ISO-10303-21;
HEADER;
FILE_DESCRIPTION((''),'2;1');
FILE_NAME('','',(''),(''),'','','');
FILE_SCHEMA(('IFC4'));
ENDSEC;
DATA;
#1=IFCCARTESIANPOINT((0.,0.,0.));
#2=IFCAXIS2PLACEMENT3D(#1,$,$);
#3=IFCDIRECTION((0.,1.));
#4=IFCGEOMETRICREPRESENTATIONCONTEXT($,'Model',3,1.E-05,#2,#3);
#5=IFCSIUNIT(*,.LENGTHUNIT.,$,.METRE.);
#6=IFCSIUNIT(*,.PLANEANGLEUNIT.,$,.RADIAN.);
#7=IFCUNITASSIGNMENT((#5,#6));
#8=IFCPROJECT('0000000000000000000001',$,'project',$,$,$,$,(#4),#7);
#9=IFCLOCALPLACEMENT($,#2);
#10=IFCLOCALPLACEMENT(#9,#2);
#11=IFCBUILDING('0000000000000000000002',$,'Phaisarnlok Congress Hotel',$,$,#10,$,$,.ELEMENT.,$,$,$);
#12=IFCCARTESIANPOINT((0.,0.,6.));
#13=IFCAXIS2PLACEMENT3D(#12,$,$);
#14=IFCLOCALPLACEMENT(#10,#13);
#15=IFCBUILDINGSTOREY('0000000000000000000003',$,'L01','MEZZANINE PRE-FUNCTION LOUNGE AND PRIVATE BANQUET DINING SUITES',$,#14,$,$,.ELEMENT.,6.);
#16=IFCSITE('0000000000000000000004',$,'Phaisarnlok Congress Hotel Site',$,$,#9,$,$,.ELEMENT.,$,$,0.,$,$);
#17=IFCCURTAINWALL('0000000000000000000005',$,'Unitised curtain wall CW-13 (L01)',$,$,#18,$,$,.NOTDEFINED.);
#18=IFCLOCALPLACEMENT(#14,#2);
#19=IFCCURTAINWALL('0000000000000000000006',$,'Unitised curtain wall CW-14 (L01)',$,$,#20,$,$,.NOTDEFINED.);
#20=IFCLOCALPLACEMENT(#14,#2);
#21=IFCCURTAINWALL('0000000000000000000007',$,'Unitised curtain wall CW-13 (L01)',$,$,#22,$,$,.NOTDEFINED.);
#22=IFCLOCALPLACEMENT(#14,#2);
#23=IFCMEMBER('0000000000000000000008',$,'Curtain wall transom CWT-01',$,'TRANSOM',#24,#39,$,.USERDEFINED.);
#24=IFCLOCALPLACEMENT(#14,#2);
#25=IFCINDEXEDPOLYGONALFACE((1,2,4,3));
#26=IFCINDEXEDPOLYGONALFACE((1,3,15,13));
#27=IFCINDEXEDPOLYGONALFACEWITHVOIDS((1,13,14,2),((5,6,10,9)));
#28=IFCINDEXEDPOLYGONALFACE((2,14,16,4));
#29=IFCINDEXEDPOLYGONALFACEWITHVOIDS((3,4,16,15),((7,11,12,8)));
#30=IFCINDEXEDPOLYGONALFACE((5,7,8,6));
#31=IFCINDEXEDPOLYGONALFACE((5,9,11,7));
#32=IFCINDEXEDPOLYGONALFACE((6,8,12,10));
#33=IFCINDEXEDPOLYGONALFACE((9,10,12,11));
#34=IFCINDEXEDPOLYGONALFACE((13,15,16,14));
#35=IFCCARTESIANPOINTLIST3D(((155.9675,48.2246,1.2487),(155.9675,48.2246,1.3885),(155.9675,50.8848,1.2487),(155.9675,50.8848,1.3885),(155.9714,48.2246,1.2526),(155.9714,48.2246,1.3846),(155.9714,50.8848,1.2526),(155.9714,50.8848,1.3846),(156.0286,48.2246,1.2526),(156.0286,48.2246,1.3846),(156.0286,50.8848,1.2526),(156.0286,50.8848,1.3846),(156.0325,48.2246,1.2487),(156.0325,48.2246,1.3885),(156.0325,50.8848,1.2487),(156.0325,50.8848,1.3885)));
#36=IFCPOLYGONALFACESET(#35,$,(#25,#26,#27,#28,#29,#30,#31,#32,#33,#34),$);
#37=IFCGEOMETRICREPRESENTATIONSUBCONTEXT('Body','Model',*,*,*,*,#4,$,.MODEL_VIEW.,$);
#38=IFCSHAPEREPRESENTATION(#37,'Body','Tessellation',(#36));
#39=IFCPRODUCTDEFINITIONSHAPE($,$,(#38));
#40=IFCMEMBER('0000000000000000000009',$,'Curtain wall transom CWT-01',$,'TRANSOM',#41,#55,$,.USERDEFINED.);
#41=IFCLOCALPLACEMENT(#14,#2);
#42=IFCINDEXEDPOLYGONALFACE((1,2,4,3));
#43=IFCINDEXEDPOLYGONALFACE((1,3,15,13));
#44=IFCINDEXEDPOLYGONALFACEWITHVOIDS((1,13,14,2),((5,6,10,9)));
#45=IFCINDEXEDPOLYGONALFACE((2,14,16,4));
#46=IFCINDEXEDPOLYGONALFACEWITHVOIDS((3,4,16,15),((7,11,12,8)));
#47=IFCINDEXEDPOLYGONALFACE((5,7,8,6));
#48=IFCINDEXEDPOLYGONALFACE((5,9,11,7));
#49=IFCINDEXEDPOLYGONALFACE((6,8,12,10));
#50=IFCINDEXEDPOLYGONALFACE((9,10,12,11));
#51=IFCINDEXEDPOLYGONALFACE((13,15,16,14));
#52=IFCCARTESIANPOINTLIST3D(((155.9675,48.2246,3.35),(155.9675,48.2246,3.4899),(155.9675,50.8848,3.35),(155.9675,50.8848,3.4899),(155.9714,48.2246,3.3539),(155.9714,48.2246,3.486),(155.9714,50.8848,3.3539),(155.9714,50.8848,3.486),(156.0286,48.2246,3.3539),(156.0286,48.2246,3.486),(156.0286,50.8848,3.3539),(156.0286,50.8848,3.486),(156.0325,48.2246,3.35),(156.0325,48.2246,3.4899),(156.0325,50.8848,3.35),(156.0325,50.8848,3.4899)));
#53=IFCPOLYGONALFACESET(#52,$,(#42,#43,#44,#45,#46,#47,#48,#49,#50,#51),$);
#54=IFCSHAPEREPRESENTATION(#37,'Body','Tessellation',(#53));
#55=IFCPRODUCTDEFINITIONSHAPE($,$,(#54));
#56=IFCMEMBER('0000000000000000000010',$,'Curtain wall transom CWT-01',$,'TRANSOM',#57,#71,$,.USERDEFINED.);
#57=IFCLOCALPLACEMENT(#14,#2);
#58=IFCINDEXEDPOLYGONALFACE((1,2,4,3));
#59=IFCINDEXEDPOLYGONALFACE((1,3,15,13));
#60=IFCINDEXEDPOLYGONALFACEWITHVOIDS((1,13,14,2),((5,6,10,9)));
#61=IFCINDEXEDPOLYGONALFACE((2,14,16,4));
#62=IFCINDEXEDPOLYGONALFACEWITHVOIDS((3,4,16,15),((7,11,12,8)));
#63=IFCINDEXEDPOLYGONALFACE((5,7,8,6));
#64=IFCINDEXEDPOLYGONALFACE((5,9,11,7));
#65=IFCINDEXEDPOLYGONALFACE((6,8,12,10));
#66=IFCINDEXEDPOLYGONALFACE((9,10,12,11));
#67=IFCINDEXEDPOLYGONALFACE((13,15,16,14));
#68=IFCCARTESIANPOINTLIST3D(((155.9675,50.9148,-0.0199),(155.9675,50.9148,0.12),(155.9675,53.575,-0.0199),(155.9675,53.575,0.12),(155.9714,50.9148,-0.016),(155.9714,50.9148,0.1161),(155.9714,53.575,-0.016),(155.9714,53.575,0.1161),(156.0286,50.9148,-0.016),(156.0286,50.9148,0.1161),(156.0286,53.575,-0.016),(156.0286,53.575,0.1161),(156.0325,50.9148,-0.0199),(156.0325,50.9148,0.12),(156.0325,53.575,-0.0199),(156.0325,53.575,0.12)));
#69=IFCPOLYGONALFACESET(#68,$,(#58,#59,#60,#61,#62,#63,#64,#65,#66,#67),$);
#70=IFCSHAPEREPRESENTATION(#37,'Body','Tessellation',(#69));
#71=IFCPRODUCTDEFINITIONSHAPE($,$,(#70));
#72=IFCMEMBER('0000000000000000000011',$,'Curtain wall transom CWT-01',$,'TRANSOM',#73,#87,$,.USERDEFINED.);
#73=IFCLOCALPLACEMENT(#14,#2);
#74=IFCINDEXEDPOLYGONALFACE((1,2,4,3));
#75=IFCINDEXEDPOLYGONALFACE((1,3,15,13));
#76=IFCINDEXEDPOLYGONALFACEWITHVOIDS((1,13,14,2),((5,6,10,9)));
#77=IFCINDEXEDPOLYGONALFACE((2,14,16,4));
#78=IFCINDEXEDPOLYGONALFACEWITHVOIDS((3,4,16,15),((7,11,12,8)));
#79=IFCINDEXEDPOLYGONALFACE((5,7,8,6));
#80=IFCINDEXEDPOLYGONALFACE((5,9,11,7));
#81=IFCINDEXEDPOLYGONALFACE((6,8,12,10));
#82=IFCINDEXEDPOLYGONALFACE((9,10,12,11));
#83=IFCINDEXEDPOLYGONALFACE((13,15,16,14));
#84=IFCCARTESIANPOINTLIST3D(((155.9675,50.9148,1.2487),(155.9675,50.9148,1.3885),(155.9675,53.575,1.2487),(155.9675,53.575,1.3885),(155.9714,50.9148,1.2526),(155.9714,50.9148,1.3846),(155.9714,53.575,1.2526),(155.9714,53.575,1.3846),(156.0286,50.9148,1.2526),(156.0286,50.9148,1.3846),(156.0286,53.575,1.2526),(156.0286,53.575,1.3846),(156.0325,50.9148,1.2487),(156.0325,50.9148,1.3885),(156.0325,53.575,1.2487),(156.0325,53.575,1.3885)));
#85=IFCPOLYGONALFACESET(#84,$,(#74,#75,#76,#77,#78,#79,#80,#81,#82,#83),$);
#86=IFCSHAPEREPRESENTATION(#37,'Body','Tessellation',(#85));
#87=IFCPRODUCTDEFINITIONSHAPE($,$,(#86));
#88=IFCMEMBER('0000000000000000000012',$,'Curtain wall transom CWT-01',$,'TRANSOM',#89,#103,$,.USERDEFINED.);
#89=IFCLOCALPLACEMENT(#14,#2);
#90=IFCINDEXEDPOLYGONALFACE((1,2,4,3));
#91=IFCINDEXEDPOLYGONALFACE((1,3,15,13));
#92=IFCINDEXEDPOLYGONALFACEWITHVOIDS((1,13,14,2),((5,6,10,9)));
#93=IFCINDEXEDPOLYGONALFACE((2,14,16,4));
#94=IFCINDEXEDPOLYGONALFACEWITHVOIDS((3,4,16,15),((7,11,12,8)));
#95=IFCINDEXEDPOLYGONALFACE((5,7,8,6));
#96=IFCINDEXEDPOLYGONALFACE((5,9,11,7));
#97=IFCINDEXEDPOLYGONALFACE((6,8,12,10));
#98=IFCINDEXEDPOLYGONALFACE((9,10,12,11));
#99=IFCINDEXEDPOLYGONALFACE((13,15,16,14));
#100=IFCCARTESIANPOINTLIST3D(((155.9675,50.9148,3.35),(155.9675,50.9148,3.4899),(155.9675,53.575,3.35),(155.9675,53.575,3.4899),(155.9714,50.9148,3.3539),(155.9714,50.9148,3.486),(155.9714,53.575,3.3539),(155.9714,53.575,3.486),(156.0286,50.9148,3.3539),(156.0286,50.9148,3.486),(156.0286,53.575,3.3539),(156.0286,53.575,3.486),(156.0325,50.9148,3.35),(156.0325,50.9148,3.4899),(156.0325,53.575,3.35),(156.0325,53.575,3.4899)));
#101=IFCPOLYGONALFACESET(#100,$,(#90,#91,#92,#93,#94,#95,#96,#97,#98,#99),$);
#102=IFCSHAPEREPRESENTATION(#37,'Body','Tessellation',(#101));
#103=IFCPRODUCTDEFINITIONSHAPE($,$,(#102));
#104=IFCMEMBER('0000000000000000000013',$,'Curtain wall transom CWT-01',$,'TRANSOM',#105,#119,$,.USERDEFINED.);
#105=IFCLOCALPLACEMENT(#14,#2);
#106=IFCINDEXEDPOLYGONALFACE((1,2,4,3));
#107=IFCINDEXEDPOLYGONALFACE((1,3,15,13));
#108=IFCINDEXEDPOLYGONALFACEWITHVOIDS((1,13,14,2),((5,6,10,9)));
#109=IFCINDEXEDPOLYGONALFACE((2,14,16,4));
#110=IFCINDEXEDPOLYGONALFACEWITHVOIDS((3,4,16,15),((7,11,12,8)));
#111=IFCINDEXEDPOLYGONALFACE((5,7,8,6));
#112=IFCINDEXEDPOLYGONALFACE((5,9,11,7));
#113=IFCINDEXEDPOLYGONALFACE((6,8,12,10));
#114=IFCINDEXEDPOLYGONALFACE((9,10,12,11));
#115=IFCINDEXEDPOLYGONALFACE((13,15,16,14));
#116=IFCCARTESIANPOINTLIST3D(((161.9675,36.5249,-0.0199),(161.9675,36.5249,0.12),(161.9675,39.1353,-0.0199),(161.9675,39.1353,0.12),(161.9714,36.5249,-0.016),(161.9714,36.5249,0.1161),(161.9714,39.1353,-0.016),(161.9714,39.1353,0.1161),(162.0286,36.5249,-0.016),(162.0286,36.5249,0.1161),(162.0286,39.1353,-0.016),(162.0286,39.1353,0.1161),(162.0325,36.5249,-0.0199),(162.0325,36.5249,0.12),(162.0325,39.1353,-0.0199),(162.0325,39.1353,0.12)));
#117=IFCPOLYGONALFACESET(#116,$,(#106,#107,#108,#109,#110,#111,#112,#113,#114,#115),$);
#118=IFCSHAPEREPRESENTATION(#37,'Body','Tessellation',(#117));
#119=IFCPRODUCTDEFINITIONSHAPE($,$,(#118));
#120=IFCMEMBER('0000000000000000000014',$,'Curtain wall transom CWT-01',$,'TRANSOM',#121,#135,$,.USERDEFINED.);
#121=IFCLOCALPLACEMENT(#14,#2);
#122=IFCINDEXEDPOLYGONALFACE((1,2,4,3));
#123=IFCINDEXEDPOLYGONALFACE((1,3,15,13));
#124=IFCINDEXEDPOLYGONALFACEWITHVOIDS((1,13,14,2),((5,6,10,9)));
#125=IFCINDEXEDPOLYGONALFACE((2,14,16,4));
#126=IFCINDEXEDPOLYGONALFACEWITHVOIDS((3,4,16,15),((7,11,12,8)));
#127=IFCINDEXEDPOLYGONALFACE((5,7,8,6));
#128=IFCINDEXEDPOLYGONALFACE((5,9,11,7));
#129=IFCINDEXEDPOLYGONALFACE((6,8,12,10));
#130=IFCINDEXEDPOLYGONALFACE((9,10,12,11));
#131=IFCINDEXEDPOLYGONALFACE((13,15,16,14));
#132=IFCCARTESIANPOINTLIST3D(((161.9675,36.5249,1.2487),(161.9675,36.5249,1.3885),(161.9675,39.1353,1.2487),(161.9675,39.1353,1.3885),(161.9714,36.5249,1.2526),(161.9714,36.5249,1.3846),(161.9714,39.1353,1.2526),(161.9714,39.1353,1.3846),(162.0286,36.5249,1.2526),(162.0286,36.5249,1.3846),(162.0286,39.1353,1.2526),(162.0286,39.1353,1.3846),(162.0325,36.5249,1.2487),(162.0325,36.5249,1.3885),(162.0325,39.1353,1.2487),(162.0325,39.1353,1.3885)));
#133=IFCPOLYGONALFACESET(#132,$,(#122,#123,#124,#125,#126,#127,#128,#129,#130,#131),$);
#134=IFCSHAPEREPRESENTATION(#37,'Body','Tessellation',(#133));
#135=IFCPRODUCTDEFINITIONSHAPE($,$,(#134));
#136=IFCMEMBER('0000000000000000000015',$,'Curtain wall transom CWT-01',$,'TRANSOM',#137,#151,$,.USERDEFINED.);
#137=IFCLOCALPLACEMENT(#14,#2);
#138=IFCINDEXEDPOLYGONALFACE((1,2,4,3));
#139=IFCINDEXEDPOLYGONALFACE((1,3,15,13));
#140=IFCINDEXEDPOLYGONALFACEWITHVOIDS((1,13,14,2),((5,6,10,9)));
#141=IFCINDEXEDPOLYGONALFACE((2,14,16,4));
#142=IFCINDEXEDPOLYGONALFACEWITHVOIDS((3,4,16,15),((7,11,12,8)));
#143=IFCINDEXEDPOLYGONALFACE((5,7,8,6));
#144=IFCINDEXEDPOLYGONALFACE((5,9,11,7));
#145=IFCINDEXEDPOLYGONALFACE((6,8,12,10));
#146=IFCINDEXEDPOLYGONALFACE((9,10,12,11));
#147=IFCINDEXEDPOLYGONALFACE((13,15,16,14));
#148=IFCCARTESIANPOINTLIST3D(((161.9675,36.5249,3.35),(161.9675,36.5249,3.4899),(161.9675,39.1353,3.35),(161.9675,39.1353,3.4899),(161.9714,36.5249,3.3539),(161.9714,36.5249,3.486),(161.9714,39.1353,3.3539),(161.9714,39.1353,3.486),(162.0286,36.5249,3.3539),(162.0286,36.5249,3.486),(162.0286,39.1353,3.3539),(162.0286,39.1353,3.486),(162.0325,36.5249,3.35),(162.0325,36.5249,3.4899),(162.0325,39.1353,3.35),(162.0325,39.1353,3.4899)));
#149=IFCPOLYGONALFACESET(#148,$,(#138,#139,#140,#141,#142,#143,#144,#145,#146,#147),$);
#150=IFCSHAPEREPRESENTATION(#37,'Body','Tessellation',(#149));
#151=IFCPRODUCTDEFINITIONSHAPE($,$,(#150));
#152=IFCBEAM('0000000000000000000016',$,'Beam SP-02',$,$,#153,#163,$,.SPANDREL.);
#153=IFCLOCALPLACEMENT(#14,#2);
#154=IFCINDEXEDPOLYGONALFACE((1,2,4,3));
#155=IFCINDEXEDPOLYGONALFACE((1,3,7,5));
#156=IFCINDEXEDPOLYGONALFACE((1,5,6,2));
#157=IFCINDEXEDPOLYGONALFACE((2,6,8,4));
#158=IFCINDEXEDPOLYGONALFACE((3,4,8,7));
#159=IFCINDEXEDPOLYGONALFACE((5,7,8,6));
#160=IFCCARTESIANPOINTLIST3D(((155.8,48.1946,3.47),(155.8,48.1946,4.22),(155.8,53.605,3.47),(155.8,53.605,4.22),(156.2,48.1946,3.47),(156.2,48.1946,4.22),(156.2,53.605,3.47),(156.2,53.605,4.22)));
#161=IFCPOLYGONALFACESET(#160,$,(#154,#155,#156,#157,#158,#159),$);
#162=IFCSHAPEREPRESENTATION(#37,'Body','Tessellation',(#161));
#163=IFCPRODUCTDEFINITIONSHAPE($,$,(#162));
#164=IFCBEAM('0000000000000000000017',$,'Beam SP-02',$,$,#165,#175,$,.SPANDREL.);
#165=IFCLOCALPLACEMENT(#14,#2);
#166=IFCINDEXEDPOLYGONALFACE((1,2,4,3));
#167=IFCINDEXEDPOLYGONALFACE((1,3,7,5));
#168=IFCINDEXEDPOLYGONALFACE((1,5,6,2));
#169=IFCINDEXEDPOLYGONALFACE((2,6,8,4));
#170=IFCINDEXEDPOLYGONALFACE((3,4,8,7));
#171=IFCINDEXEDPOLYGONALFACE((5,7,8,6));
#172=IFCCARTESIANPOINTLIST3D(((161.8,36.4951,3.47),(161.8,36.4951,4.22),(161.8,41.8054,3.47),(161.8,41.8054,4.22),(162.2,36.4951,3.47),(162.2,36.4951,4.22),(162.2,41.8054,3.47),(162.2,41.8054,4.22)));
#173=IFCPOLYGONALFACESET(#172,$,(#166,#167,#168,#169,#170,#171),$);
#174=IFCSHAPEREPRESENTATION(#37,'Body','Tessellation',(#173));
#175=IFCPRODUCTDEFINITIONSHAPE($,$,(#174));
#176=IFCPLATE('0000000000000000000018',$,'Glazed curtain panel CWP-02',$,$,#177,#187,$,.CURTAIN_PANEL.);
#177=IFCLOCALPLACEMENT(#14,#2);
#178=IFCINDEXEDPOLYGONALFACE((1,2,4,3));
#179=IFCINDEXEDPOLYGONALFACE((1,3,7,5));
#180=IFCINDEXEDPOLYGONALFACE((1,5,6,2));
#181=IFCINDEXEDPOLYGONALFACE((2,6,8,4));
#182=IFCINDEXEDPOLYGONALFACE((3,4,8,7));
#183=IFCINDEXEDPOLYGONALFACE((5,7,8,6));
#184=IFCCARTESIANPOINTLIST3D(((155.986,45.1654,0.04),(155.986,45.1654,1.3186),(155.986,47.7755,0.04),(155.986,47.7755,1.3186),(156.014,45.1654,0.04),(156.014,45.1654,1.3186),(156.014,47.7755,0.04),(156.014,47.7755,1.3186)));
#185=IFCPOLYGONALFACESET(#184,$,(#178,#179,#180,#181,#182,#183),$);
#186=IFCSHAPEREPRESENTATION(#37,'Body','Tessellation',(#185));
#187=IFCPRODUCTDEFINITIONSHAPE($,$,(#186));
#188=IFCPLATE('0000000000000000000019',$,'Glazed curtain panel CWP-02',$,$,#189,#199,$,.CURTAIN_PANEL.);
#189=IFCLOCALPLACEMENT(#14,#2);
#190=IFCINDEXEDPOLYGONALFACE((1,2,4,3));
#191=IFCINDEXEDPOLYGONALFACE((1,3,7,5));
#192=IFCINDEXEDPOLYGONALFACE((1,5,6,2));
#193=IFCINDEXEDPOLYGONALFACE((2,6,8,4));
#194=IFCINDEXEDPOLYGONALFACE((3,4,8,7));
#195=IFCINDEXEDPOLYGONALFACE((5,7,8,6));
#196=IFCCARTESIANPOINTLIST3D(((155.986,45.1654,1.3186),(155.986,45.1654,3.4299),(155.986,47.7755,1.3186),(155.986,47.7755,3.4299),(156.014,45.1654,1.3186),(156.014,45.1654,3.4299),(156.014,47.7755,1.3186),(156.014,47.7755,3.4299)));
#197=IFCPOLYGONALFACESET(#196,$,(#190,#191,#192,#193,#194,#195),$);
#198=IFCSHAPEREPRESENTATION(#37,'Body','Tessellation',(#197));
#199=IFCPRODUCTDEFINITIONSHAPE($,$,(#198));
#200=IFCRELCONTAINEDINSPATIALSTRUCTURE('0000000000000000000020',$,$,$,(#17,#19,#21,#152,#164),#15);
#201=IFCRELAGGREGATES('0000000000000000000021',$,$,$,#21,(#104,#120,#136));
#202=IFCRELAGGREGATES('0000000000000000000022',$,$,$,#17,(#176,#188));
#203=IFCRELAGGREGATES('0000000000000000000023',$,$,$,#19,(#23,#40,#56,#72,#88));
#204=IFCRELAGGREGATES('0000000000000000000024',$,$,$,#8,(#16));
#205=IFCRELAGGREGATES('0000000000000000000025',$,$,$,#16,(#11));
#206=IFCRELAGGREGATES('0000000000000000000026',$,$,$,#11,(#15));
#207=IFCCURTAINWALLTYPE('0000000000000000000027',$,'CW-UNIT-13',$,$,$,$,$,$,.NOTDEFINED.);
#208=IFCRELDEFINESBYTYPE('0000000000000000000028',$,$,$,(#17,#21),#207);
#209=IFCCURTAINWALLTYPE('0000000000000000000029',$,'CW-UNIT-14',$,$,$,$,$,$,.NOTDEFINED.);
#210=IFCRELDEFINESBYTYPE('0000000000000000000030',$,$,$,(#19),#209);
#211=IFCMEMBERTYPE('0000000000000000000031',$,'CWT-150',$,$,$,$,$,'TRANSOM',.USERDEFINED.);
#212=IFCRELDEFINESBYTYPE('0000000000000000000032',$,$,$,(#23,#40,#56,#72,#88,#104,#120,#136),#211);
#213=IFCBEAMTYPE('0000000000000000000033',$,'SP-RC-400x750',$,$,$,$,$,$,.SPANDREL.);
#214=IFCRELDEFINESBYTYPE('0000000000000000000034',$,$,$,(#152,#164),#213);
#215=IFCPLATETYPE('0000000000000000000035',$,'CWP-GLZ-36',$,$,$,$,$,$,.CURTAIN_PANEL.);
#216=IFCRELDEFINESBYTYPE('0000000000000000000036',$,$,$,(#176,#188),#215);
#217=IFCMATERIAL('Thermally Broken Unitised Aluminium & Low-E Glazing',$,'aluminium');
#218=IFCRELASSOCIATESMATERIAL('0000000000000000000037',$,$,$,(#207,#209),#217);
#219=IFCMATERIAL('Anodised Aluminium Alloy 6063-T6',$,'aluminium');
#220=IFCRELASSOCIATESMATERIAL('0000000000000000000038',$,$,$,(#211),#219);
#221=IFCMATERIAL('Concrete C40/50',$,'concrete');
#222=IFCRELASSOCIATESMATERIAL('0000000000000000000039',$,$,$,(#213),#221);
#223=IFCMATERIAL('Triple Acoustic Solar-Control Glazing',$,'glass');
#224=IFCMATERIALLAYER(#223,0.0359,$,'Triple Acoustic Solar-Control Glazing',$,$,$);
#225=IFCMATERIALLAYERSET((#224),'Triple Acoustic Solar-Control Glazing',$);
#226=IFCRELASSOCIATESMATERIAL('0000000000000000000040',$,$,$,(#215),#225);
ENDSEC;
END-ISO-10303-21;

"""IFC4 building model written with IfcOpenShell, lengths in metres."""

from ifc_helpers import new_model, si_unit, direction, frame, frame_2d, origin, origin_2d, place, context, subcontext, project, spatial, rectangle, hollow_rectangle, extrude, material, layer, layer_set, material_profile, profile_set, type_object, element, aggregate, save


model = new_model("IFC4")

# Units and contexts
model_context = context("Model", 3, precision=1e-05, world=origin(), true_north=direction((0.0, 1.0)))
body_context = subcontext(model_context, "Body", "Model", "MODEL_VIEW")
ifc_project = project(units=[si_unit("LENGTHUNIT", "METRE"), si_unit("PLANEANGLEUNIT", "RADIAN")], contexts=[model_context])

# Site, building, storey
site_placement = place(None, origin())
site = spatial("IfcSite", under=ifc_project, at=site_placement, Name="Phaisarnlok Congress Hotel Site", CompositionType="ELEMENT", RefElevation=0.0)
building_placement = place(site_placement, origin())
building = spatial("IfcBuilding", under=site, at=building_placement, Name="Phaisarnlok Congress Hotel", CompositionType="ELEMENT")
storey_placement = place(building_placement, frame((0.0, 0.0, 6.0)))
storey = spatial("IfcBuildingStorey", under=building, at=storey_placement, Name="L01", Description="MEZZANINE PRE-FUNCTION LOUNGE AND PRIVATE BANQUET DINING SUITES", CompositionType="ELEMENT", Elevation=6.0)

# Curtain wall
ifc_material_1 = material(Name="Thermally Broken Unitised Aluminium & Low-E Glazing", Category="aluminium")
curtain_wall_type_1 = type_object("IfcCurtainWallType", Name="CW-UNIT-13", PredefinedType="NOTDEFINED", material=ifc_material_1)
curtain_wall_1_placement = place(storey_placement, origin())
curtain_wall_1 = element("IfcCurtainWall", 1, at=curtain_wall_1_placement, inside=storey, type_object=curtain_wall_type_1, Name="Unitised curtain wall CW-13 (L01)", PredefinedType="NOTDEFINED")
ifc_material_2 = material(Name="Anodised Aluminium Alloy 6063-T6", Category="aluminium")

# Curtain wall
curtain_wall_type_2 = type_object("IfcCurtainWallType", Name="CW-UNIT-14", PredefinedType="NOTDEFINED", material=ifc_material_1)
curtain_wall_2_placement = place(storey_placement, origin())
curtain_wall_2 = element("IfcCurtainWall", 2, at=curtain_wall_2_placement, inside=storey, type_object=curtain_wall_type_2, Name="Unitised curtain wall CW-14 (L01)", PredefinedType="NOTDEFINED")

# Curtain wall
curtain_wall_3_placement = place(storey_placement, origin())
curtain_wall_3 = element("IfcCurtainWall", 3, at=curtain_wall_3_placement, inside=storey, type_object=curtain_wall_type_1, Name="Unitised curtain wall CW-13 (L01)", PredefinedType="NOTDEFINED")

# Members
ifc_material_profile_1 = material_profile(ifc_material_2, hollow_rectangle(XDim=0.0649, YDim=0.1399, WallThickness=0.0039, at=origin_2d()), Name="ALU-T 65x140x4")
ifc_profile_set_1 = profile_set([ifc_material_profile_1], Name="Anodised Aluminium Alloy 6063-T6")
member_type_1 = type_object("IfcMemberType", Name="CWT-150", ElementType="TRANSOM", PredefinedType="USERDEFINED", material=ifc_profile_set_1)
member_1_placement = place(storey_placement, frame((156.0, 48.2246, 1.3186), z_axis=(0.0, 1.0, 0.0), x_axis=(-1.0, 0.0, 0.0)))
member_1 = element("IfcMember", 4, at=member_1_placement, type_object=member_type_1, Name="Curtain wall transom CWT-01", ObjectType="TRANSOM", PredefinedType="USERDEFINED", context=body_context, shape_type="SweptSolid", body=[
    extrude(hollow_rectangle(XDim=0.0649, YDim=0.1399, WallThickness=0.0039, at=origin_2d()), origin(), (0.0, 0.0, 1.0), 2.6602),
])
member_2_placement = place(storey_placement, frame((156.0, 48.2246, 3.4199), z_axis=(0.0, 1.0, 0.0), x_axis=(-1.0, 0.0, 0.0)))
member_2 = element("IfcMember", 5, at=member_2_placement, type_object=member_type_1, Name="Curtain wall transom CWT-01", ObjectType="TRANSOM", PredefinedType="USERDEFINED", context=body_context, shape_type="SweptSolid", body=[
    extrude(hollow_rectangle(XDim=0.0649, YDim=0.1399, WallThickness=0.0039, at=origin_2d()), origin(), (0.0, 0.0, 1.0), 2.6602),
])
member_3_placement = place(storey_placement, frame((156.0, 50.9148, 0.05), z_axis=(0.0, 1.0, 0.0), x_axis=(-1.0, 0.0, 0.0)))
member_3 = element("IfcMember", 6, at=member_3_placement, type_object=member_type_1, Name="Curtain wall transom CWT-01", ObjectType="TRANSOM", PredefinedType="USERDEFINED", context=body_context, shape_type="SweptSolid", body=[
    extrude(hollow_rectangle(XDim=0.0649, YDim=0.1399, WallThickness=0.0039, at=origin_2d()), origin(), (0.0, 0.0, 1.0), 2.6602),
])
member_4_placement = place(storey_placement, frame((156.0, 50.9148, 1.3186), z_axis=(0.0, 1.0, 0.0), x_axis=(-1.0, 0.0, 0.0)))
member_4 = element("IfcMember", 7, at=member_4_placement, type_object=member_type_1, Name="Curtain wall transom CWT-01", ObjectType="TRANSOM", PredefinedType="USERDEFINED", context=body_context, shape_type="SweptSolid", body=[
    extrude(hollow_rectangle(XDim=0.0649, YDim=0.1399, WallThickness=0.0039, at=origin_2d()), origin(), (0.0, 0.0, 1.0), 2.6602),
])
member_5_placement = place(storey_placement, frame((156.0, 50.9148, 3.4199), z_axis=(0.0, 1.0, 0.0), x_axis=(-1.0, 0.0, 0.0)))
member_5 = element("IfcMember", 8, at=member_5_placement, type_object=member_type_1, Name="Curtain wall transom CWT-01", ObjectType="TRANSOM", PredefinedType="USERDEFINED", context=body_context, shape_type="SweptSolid", body=[
    extrude(hollow_rectangle(XDim=0.0649, YDim=0.1399, WallThickness=0.0039, at=origin_2d()), origin(), (0.0, 0.0, 1.0), 2.6602),
])
member_6_placement = place(storey_placement, frame((162.0, 39.1353, 0.05), z_axis=(0.0, -1.0, 0.0), x_axis=(1.0, 0.0, 0.0)))
member_6 = element("IfcMember", 9, at=member_6_placement, type_object=member_type_1, Name="Curtain wall transom CWT-01", ObjectType="TRANSOM", PredefinedType="USERDEFINED", context=body_context, shape_type="SweptSolid", body=[
    extrude(hollow_rectangle(XDim=0.0649, YDim=0.1399, WallThickness=0.0039, at=origin_2d()), origin(), (0.0, 0.0, 1.0), 2.6104),
])
member_7_placement = place(storey_placement, frame((162.0, 39.1353, 1.3186), z_axis=(0.0, -1.0, 0.0), x_axis=(1.0, 0.0, 0.0)))
member_7 = element("IfcMember", 10, at=member_7_placement, type_object=member_type_1, Name="Curtain wall transom CWT-01", ObjectType="TRANSOM", PredefinedType="USERDEFINED", context=body_context, shape_type="SweptSolid", body=[
    extrude(hollow_rectangle(XDim=0.0649, YDim=0.1399, WallThickness=0.0039, at=origin_2d()), origin(), (0.0, 0.0, 1.0), 2.6104),
])
member_8_placement = place(storey_placement, frame((162.0, 39.1353, 3.4199), z_axis=(0.0, -1.0, 0.0), x_axis=(1.0, 0.0, 0.0)))
member_8 = element("IfcMember", 11, at=member_8_placement, type_object=member_type_1, Name="Curtain wall transom CWT-01", ObjectType="TRANSOM", PredefinedType="USERDEFINED", context=body_context, shape_type="SweptSolid", body=[
    extrude(hollow_rectangle(XDim=0.0649, YDim=0.1399, WallThickness=0.0039, at=origin_2d()), origin(), (0.0, 0.0, 1.0), 2.6104),
])
aggregate(curtain_wall_3, [member_6, member_7, member_8])

# Beams
ifc_material_3 = material(Name="Concrete C40/50", Category="concrete")
ifc_material_profile_2 = material_profile(ifc_material_3, rectangle(XDim=0.3999, YDim=0.75, at=origin_2d()), Name="RC 400x750")
ifc_profile_set_2 = profile_set([ifc_material_profile_2], Name="Concrete C40/50")
beam_type = type_object("IfcBeamType", Name="SP-RC-400x750", PredefinedType="SPANDREL", material=ifc_profile_set_2)
beam_1_placement = place(storey_placement, frame((156.0, 48.1946, 3.845), z_axis=(0.0, 1.0, 0.0), x_axis=(-1.0, 0.0, 0.0)))
element("IfcBeam", 12, at=beam_1_placement, inside=storey, type_object=beam_type, Name="Beam SP-02", PredefinedType="SPANDREL", context=body_context, shape_type="SweptSolid", body=[
    extrude(rectangle(XDim=0.3999, YDim=0.75, at=origin_2d()), origin(), (0.0, 0.0, 1.0), 5.4104),
])
beam_2_placement = place(storey_placement, frame((162.0, 36.4951, 3.845), z_axis=(0.0, 1.0, 0.0), x_axis=(-1.0, 0.0, 0.0)))
element("IfcBeam", 13, at=beam_2_placement, inside=storey, type_object=beam_type, Name="Beam SP-02", PredefinedType="SPANDREL", context=body_context, shape_type="SweptSolid", body=[
    extrude(rectangle(XDim=0.3999, YDim=0.75, at=origin_2d()), origin(), (0.0, 0.0, 1.0), 5.3103),
])

# Plates
ifc_material_4 = material(Name="Triple Acoustic Solar-Control Glazing", Category="glass")
ifc_layer = layer(ifc_material_4, 0.0359, Name="Triple Acoustic Solar-Control Glazing")
ifc_layer_set = layer_set([ifc_layer], Name="Triple Acoustic Solar-Control Glazing")
plate_type = type_object("IfcPlateType", Name="CWP-GLZ-36", PredefinedType="CURTAIN_PANEL", material=ifc_layer_set)
plate_1_placement = place(storey_placement, frame((156.0, 45.1653, 0.04), z_axis=(0.0, 0.0, 1.0), x_axis=(0.0, 1.0, 0.0)))
plate_1 = element("IfcPlate", 14, at=plate_1_placement, type_object=plate_type, Name="Glazed curtain panel CWP-02", PredefinedType="CURTAIN_PANEL", context=body_context, shape_type="SweptSolid", body=[
    extrude(rectangle(XDim=2.6101, YDim=0.0281, at=frame_2d((1.3052, 0.0))), origin(), (0.0, 0.0, 1.0), 1.2786),
])
plate_2_placement = place(storey_placement, frame((156.0, 45.1653, 1.3186), z_axis=(0.0, 0.0, 1.0), x_axis=(0.0, 1.0, 0.0)))
plate_2 = element("IfcPlate", 15, at=plate_2_placement, type_object=plate_type, Name="Glazed curtain panel CWP-02", PredefinedType="CURTAIN_PANEL", context=body_context, shape_type="SweptSolid", body=[
    extrude(rectangle(XDim=2.6101, YDim=0.0281, at=frame_2d((1.3052, 0.0))), origin(), (0.0, 0.0, 1.0), 2.1113),
])
aggregate(curtain_wall_1, [plate_1, plate_2])
aggregate(curtain_wall_2, [member_1, member_2, member_3, member_4, member_5])

save(model, "model.ifc")
